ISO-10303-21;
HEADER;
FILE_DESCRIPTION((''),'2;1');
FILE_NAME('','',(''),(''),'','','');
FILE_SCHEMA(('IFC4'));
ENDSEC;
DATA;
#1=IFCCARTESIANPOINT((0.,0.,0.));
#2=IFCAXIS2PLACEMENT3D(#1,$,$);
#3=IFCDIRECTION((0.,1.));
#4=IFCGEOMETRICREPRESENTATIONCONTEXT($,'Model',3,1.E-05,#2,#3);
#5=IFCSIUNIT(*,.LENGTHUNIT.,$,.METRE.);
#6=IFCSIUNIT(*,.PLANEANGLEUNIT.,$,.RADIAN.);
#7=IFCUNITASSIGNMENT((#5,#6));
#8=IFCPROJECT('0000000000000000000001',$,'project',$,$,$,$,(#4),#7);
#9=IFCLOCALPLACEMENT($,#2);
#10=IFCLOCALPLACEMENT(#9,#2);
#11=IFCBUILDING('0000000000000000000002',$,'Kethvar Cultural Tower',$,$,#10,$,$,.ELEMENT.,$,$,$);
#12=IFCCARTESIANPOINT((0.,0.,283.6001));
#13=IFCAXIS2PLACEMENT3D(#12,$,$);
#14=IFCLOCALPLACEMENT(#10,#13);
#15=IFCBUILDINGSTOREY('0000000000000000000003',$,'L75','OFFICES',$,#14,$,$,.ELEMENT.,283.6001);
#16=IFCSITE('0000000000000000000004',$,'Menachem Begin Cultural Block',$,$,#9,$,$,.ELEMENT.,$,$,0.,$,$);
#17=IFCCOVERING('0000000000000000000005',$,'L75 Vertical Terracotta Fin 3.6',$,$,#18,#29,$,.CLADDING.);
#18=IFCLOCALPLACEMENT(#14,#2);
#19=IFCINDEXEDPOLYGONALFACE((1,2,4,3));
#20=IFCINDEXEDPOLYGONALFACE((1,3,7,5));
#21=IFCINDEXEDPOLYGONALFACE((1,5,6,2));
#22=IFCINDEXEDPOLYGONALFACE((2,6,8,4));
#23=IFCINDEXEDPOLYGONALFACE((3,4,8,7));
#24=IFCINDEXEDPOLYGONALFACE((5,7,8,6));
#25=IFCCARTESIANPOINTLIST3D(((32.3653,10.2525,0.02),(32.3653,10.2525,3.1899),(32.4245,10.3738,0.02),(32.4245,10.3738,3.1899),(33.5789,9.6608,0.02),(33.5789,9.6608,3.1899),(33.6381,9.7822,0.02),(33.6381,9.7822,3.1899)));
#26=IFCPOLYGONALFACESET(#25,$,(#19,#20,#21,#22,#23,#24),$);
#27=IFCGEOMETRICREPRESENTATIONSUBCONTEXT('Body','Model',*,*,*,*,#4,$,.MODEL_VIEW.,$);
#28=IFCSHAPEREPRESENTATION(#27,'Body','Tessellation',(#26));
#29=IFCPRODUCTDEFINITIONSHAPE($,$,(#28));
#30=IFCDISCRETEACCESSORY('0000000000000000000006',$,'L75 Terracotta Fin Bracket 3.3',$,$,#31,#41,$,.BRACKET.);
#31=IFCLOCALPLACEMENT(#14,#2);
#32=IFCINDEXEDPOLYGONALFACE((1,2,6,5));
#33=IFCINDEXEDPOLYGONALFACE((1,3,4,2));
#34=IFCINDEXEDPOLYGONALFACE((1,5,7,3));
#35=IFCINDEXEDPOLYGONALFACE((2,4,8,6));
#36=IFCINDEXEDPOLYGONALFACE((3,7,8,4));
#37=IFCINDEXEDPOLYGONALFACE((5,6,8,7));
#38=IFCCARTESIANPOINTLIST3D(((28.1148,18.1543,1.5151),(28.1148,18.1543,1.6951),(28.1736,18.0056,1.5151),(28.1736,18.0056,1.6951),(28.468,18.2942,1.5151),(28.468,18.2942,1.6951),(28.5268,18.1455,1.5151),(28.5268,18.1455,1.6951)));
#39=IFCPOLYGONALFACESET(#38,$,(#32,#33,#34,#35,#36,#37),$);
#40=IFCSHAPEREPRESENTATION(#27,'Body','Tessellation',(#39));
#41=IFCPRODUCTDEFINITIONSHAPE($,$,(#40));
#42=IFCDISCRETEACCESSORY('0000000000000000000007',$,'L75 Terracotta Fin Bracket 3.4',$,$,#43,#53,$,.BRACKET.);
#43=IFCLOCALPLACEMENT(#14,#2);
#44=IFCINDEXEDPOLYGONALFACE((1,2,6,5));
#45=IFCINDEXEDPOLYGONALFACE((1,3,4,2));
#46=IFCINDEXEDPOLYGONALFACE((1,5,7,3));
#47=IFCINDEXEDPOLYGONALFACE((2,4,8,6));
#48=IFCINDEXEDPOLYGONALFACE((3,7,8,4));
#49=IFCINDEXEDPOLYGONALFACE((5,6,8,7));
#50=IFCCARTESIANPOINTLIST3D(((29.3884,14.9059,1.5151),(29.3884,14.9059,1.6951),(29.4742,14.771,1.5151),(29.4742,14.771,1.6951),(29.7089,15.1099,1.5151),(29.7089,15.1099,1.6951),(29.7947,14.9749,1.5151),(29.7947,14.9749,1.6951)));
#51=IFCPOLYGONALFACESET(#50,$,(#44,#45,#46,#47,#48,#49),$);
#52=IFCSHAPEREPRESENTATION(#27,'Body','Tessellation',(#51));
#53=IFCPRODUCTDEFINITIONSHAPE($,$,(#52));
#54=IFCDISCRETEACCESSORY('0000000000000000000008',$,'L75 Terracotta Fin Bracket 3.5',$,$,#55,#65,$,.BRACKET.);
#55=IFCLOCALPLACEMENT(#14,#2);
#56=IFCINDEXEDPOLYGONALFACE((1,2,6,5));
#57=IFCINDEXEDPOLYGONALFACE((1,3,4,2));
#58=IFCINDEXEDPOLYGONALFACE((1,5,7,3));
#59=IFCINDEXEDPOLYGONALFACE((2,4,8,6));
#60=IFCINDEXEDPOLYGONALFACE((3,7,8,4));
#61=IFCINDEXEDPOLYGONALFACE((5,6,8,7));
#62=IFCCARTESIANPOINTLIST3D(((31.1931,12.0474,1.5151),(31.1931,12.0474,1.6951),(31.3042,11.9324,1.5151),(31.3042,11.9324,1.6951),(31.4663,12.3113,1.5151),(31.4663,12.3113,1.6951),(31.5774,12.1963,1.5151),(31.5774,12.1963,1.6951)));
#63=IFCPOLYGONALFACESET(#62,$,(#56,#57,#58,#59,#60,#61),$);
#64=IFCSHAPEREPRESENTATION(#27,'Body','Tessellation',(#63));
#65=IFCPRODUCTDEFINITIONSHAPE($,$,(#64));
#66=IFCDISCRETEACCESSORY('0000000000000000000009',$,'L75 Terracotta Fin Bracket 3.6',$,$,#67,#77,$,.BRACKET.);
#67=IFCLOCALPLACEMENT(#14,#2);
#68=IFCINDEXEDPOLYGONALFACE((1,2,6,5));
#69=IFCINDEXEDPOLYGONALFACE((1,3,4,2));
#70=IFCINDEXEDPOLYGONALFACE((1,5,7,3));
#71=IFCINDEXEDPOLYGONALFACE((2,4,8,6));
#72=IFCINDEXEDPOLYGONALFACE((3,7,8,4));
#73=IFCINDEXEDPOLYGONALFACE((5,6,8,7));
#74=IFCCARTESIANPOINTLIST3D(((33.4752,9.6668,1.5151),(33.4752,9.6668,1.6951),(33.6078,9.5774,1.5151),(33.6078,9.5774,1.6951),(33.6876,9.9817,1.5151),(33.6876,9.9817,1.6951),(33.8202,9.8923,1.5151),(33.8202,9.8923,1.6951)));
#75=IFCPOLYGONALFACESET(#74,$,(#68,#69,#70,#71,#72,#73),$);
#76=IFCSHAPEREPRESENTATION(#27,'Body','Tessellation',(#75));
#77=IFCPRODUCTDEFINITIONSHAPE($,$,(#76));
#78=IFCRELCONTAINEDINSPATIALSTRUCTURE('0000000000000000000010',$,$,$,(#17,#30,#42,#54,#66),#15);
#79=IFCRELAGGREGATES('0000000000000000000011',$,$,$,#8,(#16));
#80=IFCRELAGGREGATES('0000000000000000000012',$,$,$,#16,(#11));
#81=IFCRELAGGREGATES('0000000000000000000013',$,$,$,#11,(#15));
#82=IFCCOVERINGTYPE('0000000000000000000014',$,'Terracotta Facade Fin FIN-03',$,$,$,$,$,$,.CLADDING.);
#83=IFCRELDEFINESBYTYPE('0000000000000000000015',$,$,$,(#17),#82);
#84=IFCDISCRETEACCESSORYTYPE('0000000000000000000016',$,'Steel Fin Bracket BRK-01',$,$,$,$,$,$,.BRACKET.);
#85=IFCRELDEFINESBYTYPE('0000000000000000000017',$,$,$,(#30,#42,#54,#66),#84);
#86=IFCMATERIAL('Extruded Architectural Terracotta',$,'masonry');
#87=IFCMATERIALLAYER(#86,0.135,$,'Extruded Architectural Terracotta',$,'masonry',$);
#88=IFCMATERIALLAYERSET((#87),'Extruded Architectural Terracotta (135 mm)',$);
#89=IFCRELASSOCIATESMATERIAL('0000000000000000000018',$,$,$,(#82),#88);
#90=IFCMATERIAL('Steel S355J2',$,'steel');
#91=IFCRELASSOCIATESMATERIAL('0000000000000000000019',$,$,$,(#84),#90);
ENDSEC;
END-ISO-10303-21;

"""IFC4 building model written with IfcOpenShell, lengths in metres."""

from ifc_helpers import new_model, si_unit, direction, frame, origin, origin_2d, place, context, subcontext, project, spatial, rectangle, extrude, source, transform, mapped, material, layer, layer_set, type_object, element, save


model = new_model("IFC4")

# Units and contexts
model_context = context("Model", 3, precision=1e-05, world=origin(), true_north=direction((0.0, 1.0)))
body_context = subcontext(model_context, "Body", "Model", "MODEL_VIEW")
ifc_project = project(units=[si_unit("LENGTHUNIT", "METRE"), si_unit("PLANEANGLEUNIT", "RADIAN")], contexts=[model_context])

# Site, building, storey
site_placement = place(None, origin())
site = spatial("IfcSite", under=ifc_project, at=site_placement, Name="Menachem Begin Cultural Block", CompositionType="ELEMENT", RefElevation=0.0)
building_placement = place(site_placement, origin())
building = spatial("IfcBuilding", under=site, at=building_placement, Name="Kethvar Cultural Tower", CompositionType="ELEMENT")
storey_placement = place(building_placement, frame((0.0, 0.0, 283.6001)))
storey = spatial("IfcBuildingStorey", under=building, at=storey_placement, Name="L75", Description="OFFICES", CompositionType="ELEMENT", Elevation=283.6001)

# Shared definitions
ifc_material_1 = material(Name="Steel S355J2", Category="steel")

# Covering
ifc_material_2 = material(Name="Extruded Architectural Terracotta", Category="masonry")
ifc_layer_1 = layer(ifc_material_2, 0.135, Name="Extruded Architectural Terracotta", Category="masonry")
ifc_layer_set_1 = layer_set([ifc_layer_1], Name="Extruded Architectural Terracotta (135 mm)")
covering_type = type_object("IfcCoveringType", Name="Terracotta Facade Fin FIN-03", PredefinedType="CLADDING", material=ifc_layer_set_1)
shared_shape_1 = source(origin(), body_context, "Body", "SweptSolid", [
    extrude(rectangle(XDim=1.3501, YDim=0.135, at=origin_2d()), origin(), (0.0, 0.0, 1.0), 3.1699),
])
for number, where, z_axis, x_axis, name in (
    (1, (33.0017, 10.0173, 0.02), (0.0, 0.0, 1.0), (-0.898871, 0.438214, 0.0), "L75 Vertical Terracotta Fin 3.6"),
):
    element("IfcCovering", number, at=place(storey_placement, frame(where, z_axis=z_axis, x_axis=x_axis)), inside=storey, type_object=covering_type, Name=name, PredefinedType="CLADDING", context=body_context, shape_type="MappedRepresentation", body=[
        mapped(shared_shape_1, transform((0.0, 0.0, 0.0), scale=1.0)),
    ])

# Discrete accessories
discrete_accessory_type = type_object("IfcDiscreteAccessoryType", Name="Steel Fin Bracket BRK-01", PredefinedType="BRACKET", material=ifc_material_1)
shared_shape_2 = source(origin(), body_context, "Body", "SweptSolid", [
    extrude(rectangle(XDim=0.3799, YDim=0.1599, at=origin_2d()), origin(), (0.0, 0.0, 1.0), 0.1799),
])
for number, where, z_axis, x_axis, name in (
    (2, (28.3208, 18.1499, 1.5151), (0.0, 0.0, 1.0), (-0.929776, -0.368125, 0.0), "L75 Terracotta Fin Bracket 3.3"),
    (3, (29.5916, 14.9404, 1.5151), (0.0, 0.0, 1.0), (-0.843673, -0.536858, 0.0), "L75 Terracotta Fin Bracket 3.4"),
    (4, (31.3853, 12.1218, 1.5151), (0.0, 0.0, 1.0), (-0.71934, -0.694658, 0.0), "L75 Terracotta Fin Bracket 3.5"),
    (5, (33.6477, 9.7795, 1.5151), (0.0, 0.0, 1.0), (-0.559048, -0.829135, 0.0), "L75 Terracotta Fin Bracket 3.6"),
):
    element("IfcDiscreteAccessory", number, at=place(storey_placement, frame(where, z_axis=z_axis, x_axis=x_axis)), inside=storey, type_object=discrete_accessory_type, Name=name, PredefinedType="BRACKET", context=body_context, shape_type="MappedRepresentation", body=[
        mapped(shared_shape_2, transform((0.0, 0.0, 0.0), scale=1.0)),
    ])

save(model, "model.ifc")
